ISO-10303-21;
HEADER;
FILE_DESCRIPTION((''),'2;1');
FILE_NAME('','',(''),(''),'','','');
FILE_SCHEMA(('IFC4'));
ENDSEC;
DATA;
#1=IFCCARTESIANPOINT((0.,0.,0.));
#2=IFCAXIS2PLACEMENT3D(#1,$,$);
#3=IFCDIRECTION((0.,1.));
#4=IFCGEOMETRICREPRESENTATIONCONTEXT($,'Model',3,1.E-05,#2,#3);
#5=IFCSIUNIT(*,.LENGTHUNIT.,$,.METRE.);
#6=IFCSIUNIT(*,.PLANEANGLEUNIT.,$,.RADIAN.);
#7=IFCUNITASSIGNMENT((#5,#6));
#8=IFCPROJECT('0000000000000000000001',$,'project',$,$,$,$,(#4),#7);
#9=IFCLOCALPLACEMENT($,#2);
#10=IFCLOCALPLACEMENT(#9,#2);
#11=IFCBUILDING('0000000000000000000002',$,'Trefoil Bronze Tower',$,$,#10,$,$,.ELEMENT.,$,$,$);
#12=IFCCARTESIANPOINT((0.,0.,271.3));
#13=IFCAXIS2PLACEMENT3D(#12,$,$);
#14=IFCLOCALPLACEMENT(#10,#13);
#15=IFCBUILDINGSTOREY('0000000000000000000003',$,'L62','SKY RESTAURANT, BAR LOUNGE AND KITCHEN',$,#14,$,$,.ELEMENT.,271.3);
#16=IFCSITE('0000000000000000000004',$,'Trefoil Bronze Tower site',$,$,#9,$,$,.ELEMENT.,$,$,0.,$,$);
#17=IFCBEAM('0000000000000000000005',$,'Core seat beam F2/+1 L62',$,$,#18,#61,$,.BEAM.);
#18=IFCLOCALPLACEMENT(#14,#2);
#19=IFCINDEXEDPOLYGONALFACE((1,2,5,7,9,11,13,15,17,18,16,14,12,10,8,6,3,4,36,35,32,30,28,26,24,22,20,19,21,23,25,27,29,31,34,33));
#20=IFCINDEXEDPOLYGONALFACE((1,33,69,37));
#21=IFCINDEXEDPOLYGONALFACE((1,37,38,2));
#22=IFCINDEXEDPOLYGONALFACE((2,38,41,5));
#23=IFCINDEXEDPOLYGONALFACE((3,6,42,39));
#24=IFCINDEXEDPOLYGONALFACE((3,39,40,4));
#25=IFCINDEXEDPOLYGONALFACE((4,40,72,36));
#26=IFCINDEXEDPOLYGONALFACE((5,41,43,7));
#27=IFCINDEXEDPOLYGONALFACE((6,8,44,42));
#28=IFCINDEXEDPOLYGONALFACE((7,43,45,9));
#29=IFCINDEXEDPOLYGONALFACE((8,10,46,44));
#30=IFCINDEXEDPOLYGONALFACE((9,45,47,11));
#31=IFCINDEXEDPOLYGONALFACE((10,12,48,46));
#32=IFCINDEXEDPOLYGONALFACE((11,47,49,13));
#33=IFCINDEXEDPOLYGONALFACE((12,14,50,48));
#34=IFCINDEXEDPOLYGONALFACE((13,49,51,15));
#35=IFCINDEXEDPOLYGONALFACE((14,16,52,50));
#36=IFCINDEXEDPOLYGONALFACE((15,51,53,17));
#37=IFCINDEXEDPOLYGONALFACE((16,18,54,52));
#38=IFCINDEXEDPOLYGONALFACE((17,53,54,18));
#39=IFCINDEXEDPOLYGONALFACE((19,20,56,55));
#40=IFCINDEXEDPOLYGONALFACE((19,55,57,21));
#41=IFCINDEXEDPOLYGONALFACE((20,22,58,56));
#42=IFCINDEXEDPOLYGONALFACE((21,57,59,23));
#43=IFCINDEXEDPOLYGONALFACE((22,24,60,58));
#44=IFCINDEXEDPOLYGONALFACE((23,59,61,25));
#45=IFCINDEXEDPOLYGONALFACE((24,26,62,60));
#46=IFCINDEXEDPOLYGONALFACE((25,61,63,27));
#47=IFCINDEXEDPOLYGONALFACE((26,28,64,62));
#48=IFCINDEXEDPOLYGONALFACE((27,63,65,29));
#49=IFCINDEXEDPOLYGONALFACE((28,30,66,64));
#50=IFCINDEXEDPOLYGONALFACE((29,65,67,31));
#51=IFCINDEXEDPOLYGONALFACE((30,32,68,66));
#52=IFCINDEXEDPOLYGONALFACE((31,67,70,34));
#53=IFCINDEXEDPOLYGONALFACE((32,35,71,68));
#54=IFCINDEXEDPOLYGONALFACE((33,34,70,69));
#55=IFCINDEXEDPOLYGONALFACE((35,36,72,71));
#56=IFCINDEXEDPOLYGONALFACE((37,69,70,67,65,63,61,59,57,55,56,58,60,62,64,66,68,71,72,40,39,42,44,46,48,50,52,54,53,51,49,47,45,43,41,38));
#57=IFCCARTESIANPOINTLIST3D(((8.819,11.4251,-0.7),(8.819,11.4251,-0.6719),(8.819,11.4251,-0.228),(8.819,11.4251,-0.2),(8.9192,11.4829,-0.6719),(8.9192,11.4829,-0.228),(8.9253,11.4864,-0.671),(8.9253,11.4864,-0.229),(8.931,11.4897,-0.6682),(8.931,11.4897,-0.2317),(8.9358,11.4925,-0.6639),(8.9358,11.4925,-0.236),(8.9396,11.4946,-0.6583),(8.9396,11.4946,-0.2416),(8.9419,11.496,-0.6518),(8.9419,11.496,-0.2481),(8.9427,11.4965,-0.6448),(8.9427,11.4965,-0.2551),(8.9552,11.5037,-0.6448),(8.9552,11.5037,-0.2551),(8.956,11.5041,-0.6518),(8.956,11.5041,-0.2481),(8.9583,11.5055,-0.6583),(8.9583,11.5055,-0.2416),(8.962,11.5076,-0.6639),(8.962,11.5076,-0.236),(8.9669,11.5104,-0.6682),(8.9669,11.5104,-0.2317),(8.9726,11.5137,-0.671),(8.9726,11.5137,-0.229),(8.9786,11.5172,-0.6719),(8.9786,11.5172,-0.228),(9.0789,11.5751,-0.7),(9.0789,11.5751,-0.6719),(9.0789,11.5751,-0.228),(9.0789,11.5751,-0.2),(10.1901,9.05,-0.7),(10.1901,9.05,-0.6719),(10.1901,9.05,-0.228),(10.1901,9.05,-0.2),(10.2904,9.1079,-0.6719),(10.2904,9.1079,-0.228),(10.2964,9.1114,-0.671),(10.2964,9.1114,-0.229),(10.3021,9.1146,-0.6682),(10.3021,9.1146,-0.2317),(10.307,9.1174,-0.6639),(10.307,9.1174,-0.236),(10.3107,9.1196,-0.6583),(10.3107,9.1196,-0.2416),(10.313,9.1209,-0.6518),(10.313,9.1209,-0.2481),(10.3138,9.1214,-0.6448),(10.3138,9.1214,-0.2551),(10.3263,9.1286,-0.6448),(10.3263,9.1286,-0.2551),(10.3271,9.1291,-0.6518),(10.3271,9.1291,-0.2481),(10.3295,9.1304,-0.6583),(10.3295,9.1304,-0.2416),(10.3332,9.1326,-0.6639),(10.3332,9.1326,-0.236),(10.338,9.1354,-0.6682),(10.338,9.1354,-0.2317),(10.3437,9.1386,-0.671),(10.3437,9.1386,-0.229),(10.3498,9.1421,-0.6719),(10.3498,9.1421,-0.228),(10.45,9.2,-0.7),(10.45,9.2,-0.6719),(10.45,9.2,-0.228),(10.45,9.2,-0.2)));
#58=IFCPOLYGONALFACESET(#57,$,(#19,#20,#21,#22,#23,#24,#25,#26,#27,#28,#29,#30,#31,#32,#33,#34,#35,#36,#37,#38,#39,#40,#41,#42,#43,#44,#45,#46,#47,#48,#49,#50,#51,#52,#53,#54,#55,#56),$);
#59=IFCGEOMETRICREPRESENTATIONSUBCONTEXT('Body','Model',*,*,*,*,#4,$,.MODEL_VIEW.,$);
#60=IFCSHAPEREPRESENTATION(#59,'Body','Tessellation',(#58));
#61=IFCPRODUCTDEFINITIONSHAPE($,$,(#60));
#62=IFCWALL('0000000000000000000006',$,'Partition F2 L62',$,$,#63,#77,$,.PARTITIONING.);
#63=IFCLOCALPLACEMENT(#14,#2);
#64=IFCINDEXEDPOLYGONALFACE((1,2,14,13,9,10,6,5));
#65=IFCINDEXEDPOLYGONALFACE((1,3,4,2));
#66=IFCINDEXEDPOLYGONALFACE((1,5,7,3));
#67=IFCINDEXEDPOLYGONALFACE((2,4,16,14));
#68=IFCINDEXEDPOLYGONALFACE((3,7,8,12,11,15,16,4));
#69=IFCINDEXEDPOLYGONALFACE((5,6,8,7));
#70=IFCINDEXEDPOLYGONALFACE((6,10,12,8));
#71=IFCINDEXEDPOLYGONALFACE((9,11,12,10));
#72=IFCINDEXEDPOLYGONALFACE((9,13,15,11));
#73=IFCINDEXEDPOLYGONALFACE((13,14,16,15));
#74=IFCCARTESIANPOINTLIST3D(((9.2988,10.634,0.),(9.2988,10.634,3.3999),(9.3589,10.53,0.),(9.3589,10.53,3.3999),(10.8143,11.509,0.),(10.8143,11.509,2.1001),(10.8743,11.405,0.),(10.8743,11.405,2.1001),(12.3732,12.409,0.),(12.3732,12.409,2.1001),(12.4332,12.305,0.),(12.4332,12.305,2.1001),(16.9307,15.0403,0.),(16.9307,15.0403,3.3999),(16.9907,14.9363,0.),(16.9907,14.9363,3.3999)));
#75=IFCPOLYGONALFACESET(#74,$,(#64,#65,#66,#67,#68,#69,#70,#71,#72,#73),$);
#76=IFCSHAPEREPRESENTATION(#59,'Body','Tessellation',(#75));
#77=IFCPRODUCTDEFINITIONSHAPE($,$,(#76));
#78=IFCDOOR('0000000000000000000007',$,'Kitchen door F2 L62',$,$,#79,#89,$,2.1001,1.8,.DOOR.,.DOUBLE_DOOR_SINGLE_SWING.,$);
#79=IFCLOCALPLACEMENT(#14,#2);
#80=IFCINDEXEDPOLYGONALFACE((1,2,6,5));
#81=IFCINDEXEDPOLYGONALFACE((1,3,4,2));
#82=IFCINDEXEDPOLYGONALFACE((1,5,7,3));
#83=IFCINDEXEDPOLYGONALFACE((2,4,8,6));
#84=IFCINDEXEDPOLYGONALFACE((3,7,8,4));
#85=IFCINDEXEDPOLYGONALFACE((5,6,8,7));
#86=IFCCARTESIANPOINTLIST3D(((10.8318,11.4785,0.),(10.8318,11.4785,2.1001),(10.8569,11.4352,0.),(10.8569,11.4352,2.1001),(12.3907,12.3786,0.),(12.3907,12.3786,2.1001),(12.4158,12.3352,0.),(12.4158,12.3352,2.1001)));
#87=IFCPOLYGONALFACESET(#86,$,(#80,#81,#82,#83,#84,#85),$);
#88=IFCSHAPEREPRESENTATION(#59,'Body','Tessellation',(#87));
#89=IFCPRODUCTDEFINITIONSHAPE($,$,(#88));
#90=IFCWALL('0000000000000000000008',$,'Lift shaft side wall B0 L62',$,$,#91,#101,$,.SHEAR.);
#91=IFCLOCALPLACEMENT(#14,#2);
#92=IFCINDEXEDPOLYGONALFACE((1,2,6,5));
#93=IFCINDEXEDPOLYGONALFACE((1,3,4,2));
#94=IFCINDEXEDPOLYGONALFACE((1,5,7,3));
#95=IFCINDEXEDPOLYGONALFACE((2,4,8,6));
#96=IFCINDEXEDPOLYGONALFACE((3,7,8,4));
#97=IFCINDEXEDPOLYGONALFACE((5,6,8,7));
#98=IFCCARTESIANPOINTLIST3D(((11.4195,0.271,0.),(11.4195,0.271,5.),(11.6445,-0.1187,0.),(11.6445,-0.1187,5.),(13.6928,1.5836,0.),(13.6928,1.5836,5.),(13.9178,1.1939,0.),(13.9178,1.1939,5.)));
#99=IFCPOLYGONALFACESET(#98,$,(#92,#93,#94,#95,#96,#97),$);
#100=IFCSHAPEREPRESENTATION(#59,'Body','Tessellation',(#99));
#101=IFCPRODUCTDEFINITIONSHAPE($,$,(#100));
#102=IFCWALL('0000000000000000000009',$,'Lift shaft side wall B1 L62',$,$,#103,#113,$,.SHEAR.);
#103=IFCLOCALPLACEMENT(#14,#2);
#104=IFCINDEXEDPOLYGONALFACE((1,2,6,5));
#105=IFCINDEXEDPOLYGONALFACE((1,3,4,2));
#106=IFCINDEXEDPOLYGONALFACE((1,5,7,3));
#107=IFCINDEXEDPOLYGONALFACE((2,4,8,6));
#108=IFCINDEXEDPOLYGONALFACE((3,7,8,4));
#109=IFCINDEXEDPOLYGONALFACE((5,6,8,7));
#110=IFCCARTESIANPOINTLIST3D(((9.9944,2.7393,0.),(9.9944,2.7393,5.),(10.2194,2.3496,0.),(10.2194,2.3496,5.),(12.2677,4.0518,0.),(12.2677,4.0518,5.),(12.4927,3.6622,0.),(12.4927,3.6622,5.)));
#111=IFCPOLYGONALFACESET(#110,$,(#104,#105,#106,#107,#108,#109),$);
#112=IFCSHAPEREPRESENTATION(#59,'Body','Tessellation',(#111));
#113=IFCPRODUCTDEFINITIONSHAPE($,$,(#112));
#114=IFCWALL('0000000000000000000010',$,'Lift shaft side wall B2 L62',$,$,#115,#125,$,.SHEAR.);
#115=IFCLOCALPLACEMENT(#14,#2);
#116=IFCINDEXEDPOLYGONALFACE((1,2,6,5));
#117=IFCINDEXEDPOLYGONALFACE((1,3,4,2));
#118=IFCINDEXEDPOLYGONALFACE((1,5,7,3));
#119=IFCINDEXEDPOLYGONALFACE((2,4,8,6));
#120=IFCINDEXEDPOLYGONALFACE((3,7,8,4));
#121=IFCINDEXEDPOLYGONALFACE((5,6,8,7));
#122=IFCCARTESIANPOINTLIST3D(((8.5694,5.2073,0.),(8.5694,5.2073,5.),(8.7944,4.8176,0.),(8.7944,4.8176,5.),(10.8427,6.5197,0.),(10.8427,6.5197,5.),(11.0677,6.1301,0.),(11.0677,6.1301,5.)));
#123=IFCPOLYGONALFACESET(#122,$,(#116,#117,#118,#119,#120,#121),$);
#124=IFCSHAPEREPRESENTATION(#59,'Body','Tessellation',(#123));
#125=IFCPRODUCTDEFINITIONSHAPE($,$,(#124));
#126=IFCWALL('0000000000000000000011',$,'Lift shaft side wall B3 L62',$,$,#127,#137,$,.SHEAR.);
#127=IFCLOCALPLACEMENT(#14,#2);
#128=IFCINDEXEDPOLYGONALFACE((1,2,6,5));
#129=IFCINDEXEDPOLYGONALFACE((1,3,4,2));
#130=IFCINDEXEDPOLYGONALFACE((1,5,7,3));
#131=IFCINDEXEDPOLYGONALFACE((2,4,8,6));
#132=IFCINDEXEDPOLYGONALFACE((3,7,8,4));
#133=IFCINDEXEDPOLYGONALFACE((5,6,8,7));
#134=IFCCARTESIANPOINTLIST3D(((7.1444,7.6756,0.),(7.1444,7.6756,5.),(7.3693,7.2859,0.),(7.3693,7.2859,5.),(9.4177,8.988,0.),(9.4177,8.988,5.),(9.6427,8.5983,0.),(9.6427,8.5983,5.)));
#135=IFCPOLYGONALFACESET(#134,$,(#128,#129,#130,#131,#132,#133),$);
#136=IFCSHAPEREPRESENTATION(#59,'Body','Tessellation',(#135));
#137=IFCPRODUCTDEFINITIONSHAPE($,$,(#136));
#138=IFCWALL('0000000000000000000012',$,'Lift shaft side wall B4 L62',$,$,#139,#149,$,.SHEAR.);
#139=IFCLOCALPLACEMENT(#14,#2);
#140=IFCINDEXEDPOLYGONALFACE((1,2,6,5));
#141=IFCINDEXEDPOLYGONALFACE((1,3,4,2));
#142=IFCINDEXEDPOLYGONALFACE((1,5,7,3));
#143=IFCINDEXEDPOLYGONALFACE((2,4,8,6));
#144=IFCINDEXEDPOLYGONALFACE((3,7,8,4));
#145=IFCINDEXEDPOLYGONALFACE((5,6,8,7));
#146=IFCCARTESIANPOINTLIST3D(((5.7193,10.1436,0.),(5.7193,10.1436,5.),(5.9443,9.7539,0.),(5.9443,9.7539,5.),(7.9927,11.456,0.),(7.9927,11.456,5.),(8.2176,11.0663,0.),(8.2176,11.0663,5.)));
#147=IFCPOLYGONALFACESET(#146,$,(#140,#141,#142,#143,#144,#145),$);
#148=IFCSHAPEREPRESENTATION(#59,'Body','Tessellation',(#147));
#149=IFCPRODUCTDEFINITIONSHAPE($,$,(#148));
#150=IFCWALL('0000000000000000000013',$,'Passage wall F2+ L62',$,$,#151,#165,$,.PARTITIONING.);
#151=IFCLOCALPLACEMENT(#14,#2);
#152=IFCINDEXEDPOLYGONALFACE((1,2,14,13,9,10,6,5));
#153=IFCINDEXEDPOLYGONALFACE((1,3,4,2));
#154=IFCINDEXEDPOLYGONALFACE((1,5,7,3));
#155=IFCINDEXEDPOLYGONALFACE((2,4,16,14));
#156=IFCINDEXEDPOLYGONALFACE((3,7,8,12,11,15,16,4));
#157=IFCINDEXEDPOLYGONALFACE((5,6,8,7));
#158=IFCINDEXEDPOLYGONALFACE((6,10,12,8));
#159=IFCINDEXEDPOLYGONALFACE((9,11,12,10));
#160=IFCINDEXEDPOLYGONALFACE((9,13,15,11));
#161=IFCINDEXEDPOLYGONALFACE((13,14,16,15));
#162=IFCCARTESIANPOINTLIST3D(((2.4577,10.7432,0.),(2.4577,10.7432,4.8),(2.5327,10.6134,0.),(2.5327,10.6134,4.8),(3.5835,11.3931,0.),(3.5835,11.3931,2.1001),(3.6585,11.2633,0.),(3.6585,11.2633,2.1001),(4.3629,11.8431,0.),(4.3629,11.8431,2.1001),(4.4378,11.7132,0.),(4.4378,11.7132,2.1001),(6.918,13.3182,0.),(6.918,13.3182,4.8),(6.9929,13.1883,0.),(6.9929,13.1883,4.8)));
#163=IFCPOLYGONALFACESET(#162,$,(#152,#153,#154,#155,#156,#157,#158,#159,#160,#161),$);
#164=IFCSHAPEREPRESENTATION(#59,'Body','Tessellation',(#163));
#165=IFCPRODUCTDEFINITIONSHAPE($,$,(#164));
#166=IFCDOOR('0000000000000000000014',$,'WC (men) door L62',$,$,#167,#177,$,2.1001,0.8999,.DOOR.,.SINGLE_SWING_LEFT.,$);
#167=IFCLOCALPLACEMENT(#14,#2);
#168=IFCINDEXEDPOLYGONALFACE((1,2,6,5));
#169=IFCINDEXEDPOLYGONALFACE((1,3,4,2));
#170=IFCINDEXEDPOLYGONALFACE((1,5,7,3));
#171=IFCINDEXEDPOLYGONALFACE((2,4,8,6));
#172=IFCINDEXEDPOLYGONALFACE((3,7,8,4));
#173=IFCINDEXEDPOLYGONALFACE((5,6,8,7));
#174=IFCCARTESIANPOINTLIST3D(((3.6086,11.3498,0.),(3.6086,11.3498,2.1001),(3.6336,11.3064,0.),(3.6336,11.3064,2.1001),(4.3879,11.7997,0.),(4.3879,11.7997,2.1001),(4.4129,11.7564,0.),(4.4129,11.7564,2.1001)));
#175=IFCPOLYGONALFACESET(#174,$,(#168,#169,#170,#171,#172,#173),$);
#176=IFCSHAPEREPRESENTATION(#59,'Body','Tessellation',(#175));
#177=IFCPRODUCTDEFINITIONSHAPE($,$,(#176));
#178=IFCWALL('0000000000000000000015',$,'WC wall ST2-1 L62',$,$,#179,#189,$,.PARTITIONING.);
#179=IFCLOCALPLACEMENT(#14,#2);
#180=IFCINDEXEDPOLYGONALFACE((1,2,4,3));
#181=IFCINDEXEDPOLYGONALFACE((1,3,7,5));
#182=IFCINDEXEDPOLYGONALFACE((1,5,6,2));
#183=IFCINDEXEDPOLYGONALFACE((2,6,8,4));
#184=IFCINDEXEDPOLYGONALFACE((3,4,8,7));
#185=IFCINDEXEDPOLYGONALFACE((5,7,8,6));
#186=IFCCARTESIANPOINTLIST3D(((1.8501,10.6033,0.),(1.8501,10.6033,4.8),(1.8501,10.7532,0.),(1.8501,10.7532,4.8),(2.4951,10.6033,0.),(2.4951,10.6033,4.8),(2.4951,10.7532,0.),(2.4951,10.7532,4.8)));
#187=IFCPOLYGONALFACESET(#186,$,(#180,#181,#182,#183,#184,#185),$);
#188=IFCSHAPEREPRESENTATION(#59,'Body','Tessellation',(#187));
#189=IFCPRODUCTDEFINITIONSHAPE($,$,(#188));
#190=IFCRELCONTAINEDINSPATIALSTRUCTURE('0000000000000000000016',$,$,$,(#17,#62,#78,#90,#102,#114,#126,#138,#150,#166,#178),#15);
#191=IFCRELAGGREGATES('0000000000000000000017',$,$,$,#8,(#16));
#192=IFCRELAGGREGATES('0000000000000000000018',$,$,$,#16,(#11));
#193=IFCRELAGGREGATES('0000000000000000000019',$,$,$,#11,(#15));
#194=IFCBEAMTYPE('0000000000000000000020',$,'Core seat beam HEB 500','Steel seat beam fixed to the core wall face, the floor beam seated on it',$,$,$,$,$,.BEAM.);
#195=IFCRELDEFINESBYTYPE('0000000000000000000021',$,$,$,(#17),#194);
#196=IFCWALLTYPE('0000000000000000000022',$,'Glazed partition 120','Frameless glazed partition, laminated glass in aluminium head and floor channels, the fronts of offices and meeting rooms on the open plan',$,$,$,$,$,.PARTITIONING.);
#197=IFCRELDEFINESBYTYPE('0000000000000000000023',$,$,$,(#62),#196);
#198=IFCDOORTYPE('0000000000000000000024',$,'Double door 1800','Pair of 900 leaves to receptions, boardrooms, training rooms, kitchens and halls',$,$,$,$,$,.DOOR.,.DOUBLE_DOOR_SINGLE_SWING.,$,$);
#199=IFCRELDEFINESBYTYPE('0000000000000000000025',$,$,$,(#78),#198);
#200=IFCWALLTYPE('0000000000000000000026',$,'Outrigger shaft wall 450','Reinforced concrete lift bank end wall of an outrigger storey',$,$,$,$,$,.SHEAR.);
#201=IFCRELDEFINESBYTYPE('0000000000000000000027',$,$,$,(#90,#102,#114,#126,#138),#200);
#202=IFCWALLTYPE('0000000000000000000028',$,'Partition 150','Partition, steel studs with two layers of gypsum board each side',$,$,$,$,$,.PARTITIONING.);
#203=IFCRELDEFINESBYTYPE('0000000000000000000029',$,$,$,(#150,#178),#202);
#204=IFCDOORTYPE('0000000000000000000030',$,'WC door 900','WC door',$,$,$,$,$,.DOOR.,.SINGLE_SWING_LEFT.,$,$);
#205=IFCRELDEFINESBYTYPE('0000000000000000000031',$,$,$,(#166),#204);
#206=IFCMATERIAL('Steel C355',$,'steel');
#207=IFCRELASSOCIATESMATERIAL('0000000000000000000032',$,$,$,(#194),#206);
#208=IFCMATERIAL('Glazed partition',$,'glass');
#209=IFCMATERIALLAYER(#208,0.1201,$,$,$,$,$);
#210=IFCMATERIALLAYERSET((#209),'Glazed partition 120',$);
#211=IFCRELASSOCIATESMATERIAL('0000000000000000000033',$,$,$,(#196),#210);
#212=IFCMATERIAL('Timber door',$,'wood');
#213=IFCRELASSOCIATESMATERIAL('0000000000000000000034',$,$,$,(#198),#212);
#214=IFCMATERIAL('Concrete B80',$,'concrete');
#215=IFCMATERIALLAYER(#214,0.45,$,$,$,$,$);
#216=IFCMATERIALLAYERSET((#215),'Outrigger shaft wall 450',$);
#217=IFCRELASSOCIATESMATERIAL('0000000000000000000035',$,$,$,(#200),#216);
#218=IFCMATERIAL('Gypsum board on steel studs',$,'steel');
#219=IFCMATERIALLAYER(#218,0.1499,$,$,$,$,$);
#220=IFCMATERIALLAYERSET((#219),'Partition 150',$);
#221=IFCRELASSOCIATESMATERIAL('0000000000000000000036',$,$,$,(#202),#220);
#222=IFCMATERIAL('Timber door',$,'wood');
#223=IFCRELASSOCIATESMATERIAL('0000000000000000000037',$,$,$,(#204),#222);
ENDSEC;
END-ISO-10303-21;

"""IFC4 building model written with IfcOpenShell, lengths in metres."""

from ifc_helpers import new_model, si_unit, direction, frame, frame_2d, origin, origin_2d, place, context, subcontext, project, spatial, rectangle, i_section, extrude, material, layer, layer_set, material_profile, profile_set, type_object, element, fill, save


model = new_model("IFC4")

# Units and contexts
model_context = context("Model", 3, precision=1e-05, world=origin(), true_north=direction((0.0, 1.0)))
body_context = subcontext(model_context, "Body", "Model", "MODEL_VIEW")
ifc_project = project(units=[si_unit("LENGTHUNIT", "METRE"), si_unit("PLANEANGLEUNIT", "RADIAN")], contexts=[model_context])

# Site, building, storey
site_placement = place(None, origin())
site = spatial("IfcSite", under=ifc_project, at=site_placement, Name="Trefoil Bronze Tower site", CompositionType="ELEMENT", RefElevation=0.0)
building_placement = place(site_placement, origin())
building = spatial("IfcBuilding", under=site, at=building_placement, Name="Trefoil Bronze Tower", CompositionType="ELEMENT")
storey_placement = place(building_placement, frame((0.0, 0.0, 271.3)))
storey = spatial("IfcBuildingStorey", under=building, at=storey_placement, Name="L62", Description="SKY RESTAURANT, BAR LOUNGE AND KITCHEN", CompositionType="ELEMENT", Elevation=271.3)

# Beam
ifc_material_1 = material(Name="Steel C355", Category="steel")
ifc_material_profile = material_profile(ifc_material_1, i_section(OverallWidth=0.3, OverallDepth=0.5, WebThickness=0.0144, FlangeThickness=0.0281, FilletRadius=0.0271, at=origin_2d()), Name="HEB 500")
ifc_profile_set = profile_set([ifc_material_profile], Name="Steel C355")
beam_type = type_object("IfcBeamType", Name="Core seat beam HEB 500", Description="Steel seat beam fixed to the core wall face, the floor beam seated on it", PredefinedType="BEAM", material=ifc_profile_set)
beam_placement = place(storey_placement, frame((10.3201, 9.125, -0.45), z_axis=(-0.499969, 0.866043, 0.0), x_axis=(-0.866043, -0.499969, 0.0)))
element("IfcBeam", 1, at=beam_placement, inside=storey, type_object=beam_type, Name="Core seat beam F2/+1 L62", PredefinedType="BEAM", context=body_context, shape_type="SweptSolid", body=[
    extrude(i_section(OverallWidth=0.3, OverallDepth=0.5, WebThickness=0.0144, FlangeThickness=0.0281, FilletRadius=0.0271, at=origin_2d()), origin(), (0.0, 0.0, 1.0), 2.7424),
])

# Wall, opening, door
ifc_material_2 = material(Name="Glazed partition", Category="glass")
ifc_layer_1 = layer(ifc_material_2, 0.1201)
ifc_layer_set_1 = layer_set([ifc_layer_1], Name="Glazed partition 120")
wall_type_1 = type_object("IfcWallType", Name="Glazed partition 120", Description="Frameless glazed partition, laminated glass in aluminium head and floor channels, the fronts of offices and meeting rooms on the open plan", PredefinedType="PARTITIONING", material=ifc_layer_set_1)
wall_1_placement = place(storey_placement, frame((9.3289, 10.582, 0.0), z_axis=(0.0, 0.0, 1.0), x_axis=(0.866025, 0.500001, 0.0)))
wall_1 = element("IfcWall", 2, at=wall_1_placement, inside=storey, type_object=wall_type_1, Name="Partition F2 L62", PredefinedType="PARTITIONING", context=body_context, shape_type="SweptSolid", body=[
    extrude(rectangle(XDim=8.8125, YDim=0.1201, at=frame_2d((4.4062, 0.0))), origin(), (0.0, 0.0, 1.0), 3.3999),
])
opening_1_placement = place(wall_1_placement, frame((1.75, 0.0, 0.0)))
opening_1 = element("IfcOpeningElement", 3, at=opening_1_placement, cuts=wall_1, PredefinedType="OPENING", context=body_context, shape_type="SweptSolid", body=[
    extrude(rectangle(XDim=1.8, YDim=2.1001, at=frame_2d((0.8999, 1.05))), frame((0.0, 0.0701, 0.0), z_axis=(0.0, -1.0, 0.0), x_axis=(1.0, 0.0, 0.0)), (0.0, 0.0, 1.0), 0.1401),
])
ifc_material_3 = material(Name="Timber door", Category="wood")
door_type_1 = type_object("IfcDoorType", Name="Double door 1800", Description="Pair of 900 leaves to receptions, boardrooms, training rooms, kitchens and halls", OperationType="DOUBLE_DOOR_SINGLE_SWING", PredefinedType="DOOR", material=ifc_material_3)
door_1_placement = place(opening_1_placement, origin())
door_1 = element("IfcDoor", 4, at=door_1_placement, inside=storey, type_object=door_type_1, Name="Kitchen door F2 L62", OperationType="DOUBLE_DOOR_SINGLE_SWING", OverallHeight=2.1001, OverallWidth=1.8, PredefinedType="DOOR", context=body_context, shape_type="SweptSolid", body=[
    extrude(rectangle(XDim=1.8, YDim=2.1001, at=frame_2d((0.8999, 1.05))), frame((0.0, 0.0249, 0.0), z_axis=(0.0, -1.0, 0.0), x_axis=(1.0, 0.0, 0.0)), (0.0, 0.0, 1.0), 0.05),
])
fill(opening_1, door_1)

# Walls
ifc_material_4 = material(Name="Concrete B80", Category="concrete")
ifc_layer_2 = layer(ifc_material_4, 0.45)
ifc_layer_set_2 = layer_set([ifc_layer_2], Name="Outrigger shaft wall 450")
wall_type_2 = type_object("IfcWallType", Name="Outrigger shaft wall 450", Description="Reinforced concrete lift bank end wall of an outrigger storey", PredefinedType="SHEAR", material=ifc_layer_set_2)
for number, where, z_axis, x_axis, name in (
    (5, (11.532, 0.0762, 0.0), (0.0, 0.0, 1.0), (0.866014, 0.50002, 0.0), "Lift shaft side wall B0 L62"),
    (6, (10.1069, 2.5444, 0.0), (0.0, 0.0, 1.0), (0.866014, 0.50002, 0.0), "Lift shaft side wall B1 L62"),
    (7, (8.6819, 5.0125, 0.0), (0.0, 0.0, 1.0), (0.866037, 0.49998, 0.0), "Lift shaft side wall B2 L62"),
    (8, (7.2568, 7.4807, 0.0), (0.0, 0.0, 1.0), (0.866037, 0.49998, 0.0), "Lift shaft side wall B3 L62"),
    (9, (5.8318, 9.9487, 0.0), (0.0, 0.0, 1.0), (0.866037, 0.49998, 0.0), "Lift shaft side wall B4 L62"),
):
    element("IfcWall", number, at=place(storey_placement, frame(where, z_axis=z_axis, x_axis=x_axis)), inside=storey, type_object=wall_type_2, Name=name, PredefinedType="SHEAR", context=body_context, shape_type="SweptSolid", body=[
        extrude(rectangle(XDim=2.625, YDim=0.45, at=frame_2d((1.3125, 0.0))), origin(), (0.0, 0.0, 1.0), 5.0),
    ])

# Wall, opening, door
ifc_material_5 = material(Name="Gypsum board on steel studs", Category="steel")
ifc_layer_3 = layer(ifc_material_5, 0.1499)
ifc_layer_set_3 = layer_set([ifc_layer_3], Name="Partition 150")
wall_type_3 = type_object("IfcWallType", Name="Partition 150", Description="Partition, steel studs with two layers of gypsum board each side", PredefinedType="PARTITIONING", material=ifc_layer_set_3)
wall_2_placement = place(storey_placement, frame((2.4951, 10.6782, 0.0), z_axis=(0.0, 0.0, 1.0), x_axis=(0.866038, 0.499978, 0.0)))
wall_2 = element("IfcWall", 10, at=wall_2_placement, inside=storey, type_object=wall_type_3, Name="Passage wall F2+ L62", PredefinedType="PARTITIONING", context=body_context, shape_type="SweptSolid", body=[
    extrude(rectangle(XDim=5.1501, YDim=0.1499, at=frame_2d((2.5752, 0.0))), origin(), (0.0, 0.0, 1.0), 4.8),
])
opening_2_placement = place(wall_2_placement, frame((1.3, 0.0, 0.0)))
opening_2 = element("IfcOpeningElement", 11, at=opening_2_placement, cuts=wall_2, PredefinedType="OPENING", context=body_context, shape_type="SweptSolid", body=[
    extrude(rectangle(XDim=0.8999, YDim=2.1001, at=frame_2d((0.45, 1.05))), frame((0.0, 0.085, 0.0), z_axis=(0.0, -1.0, 0.0), x_axis=(1.0, 0.0, 0.0)), (0.0, 0.0, 1.0), 0.1699),
])
ifc_material_6 = material(Name="Timber door", Category="wood")
door_type_2 = type_object("IfcDoorType", Name="WC door 900", Description="WC door", OperationType="SINGLE_SWING_LEFT", PredefinedType="DOOR", material=ifc_material_6)
door_2_placement = place(opening_2_placement, origin())
door_2 = element("IfcDoor", 12, at=door_2_placement, inside=storey, type_object=door_type_2, Name="WC (men) door L62", OperationType="SINGLE_SWING_LEFT", OverallHeight=2.1001, OverallWidth=0.8999, PredefinedType="DOOR", context=body_context, shape_type="SweptSolid", body=[
    extrude(rectangle(XDim=0.8999, YDim=2.1001, at=frame_2d((0.45, 1.05))), frame((0.0, 0.0249, 0.0), z_axis=(0.0, -1.0, 0.0), x_axis=(1.0, 0.0, 0.0)), (0.0, 0.0, 1.0), 0.05),
])
fill(opening_2, door_2)

# Wall
wall_3_placement = place(storey_placement, frame((2.4951, 10.6782, 0.0), z_axis=(0.0, 0.0, 1.0), x_axis=(-1.0, 0.0, 0.0)))
element("IfcWall", 13, at=wall_3_placement, inside=storey, type_object=wall_type_3, Name="WC wall ST2-1 L62", PredefinedType="PARTITIONING", context=body_context, shape_type="SweptSolid", body=[
    extrude(rectangle(XDim=0.645, YDim=0.1499, at=frame_2d((0.3225, 0.0))), origin(), (0.0, 0.0, 1.0), 4.8),
])

save(model, "model.ifc")
